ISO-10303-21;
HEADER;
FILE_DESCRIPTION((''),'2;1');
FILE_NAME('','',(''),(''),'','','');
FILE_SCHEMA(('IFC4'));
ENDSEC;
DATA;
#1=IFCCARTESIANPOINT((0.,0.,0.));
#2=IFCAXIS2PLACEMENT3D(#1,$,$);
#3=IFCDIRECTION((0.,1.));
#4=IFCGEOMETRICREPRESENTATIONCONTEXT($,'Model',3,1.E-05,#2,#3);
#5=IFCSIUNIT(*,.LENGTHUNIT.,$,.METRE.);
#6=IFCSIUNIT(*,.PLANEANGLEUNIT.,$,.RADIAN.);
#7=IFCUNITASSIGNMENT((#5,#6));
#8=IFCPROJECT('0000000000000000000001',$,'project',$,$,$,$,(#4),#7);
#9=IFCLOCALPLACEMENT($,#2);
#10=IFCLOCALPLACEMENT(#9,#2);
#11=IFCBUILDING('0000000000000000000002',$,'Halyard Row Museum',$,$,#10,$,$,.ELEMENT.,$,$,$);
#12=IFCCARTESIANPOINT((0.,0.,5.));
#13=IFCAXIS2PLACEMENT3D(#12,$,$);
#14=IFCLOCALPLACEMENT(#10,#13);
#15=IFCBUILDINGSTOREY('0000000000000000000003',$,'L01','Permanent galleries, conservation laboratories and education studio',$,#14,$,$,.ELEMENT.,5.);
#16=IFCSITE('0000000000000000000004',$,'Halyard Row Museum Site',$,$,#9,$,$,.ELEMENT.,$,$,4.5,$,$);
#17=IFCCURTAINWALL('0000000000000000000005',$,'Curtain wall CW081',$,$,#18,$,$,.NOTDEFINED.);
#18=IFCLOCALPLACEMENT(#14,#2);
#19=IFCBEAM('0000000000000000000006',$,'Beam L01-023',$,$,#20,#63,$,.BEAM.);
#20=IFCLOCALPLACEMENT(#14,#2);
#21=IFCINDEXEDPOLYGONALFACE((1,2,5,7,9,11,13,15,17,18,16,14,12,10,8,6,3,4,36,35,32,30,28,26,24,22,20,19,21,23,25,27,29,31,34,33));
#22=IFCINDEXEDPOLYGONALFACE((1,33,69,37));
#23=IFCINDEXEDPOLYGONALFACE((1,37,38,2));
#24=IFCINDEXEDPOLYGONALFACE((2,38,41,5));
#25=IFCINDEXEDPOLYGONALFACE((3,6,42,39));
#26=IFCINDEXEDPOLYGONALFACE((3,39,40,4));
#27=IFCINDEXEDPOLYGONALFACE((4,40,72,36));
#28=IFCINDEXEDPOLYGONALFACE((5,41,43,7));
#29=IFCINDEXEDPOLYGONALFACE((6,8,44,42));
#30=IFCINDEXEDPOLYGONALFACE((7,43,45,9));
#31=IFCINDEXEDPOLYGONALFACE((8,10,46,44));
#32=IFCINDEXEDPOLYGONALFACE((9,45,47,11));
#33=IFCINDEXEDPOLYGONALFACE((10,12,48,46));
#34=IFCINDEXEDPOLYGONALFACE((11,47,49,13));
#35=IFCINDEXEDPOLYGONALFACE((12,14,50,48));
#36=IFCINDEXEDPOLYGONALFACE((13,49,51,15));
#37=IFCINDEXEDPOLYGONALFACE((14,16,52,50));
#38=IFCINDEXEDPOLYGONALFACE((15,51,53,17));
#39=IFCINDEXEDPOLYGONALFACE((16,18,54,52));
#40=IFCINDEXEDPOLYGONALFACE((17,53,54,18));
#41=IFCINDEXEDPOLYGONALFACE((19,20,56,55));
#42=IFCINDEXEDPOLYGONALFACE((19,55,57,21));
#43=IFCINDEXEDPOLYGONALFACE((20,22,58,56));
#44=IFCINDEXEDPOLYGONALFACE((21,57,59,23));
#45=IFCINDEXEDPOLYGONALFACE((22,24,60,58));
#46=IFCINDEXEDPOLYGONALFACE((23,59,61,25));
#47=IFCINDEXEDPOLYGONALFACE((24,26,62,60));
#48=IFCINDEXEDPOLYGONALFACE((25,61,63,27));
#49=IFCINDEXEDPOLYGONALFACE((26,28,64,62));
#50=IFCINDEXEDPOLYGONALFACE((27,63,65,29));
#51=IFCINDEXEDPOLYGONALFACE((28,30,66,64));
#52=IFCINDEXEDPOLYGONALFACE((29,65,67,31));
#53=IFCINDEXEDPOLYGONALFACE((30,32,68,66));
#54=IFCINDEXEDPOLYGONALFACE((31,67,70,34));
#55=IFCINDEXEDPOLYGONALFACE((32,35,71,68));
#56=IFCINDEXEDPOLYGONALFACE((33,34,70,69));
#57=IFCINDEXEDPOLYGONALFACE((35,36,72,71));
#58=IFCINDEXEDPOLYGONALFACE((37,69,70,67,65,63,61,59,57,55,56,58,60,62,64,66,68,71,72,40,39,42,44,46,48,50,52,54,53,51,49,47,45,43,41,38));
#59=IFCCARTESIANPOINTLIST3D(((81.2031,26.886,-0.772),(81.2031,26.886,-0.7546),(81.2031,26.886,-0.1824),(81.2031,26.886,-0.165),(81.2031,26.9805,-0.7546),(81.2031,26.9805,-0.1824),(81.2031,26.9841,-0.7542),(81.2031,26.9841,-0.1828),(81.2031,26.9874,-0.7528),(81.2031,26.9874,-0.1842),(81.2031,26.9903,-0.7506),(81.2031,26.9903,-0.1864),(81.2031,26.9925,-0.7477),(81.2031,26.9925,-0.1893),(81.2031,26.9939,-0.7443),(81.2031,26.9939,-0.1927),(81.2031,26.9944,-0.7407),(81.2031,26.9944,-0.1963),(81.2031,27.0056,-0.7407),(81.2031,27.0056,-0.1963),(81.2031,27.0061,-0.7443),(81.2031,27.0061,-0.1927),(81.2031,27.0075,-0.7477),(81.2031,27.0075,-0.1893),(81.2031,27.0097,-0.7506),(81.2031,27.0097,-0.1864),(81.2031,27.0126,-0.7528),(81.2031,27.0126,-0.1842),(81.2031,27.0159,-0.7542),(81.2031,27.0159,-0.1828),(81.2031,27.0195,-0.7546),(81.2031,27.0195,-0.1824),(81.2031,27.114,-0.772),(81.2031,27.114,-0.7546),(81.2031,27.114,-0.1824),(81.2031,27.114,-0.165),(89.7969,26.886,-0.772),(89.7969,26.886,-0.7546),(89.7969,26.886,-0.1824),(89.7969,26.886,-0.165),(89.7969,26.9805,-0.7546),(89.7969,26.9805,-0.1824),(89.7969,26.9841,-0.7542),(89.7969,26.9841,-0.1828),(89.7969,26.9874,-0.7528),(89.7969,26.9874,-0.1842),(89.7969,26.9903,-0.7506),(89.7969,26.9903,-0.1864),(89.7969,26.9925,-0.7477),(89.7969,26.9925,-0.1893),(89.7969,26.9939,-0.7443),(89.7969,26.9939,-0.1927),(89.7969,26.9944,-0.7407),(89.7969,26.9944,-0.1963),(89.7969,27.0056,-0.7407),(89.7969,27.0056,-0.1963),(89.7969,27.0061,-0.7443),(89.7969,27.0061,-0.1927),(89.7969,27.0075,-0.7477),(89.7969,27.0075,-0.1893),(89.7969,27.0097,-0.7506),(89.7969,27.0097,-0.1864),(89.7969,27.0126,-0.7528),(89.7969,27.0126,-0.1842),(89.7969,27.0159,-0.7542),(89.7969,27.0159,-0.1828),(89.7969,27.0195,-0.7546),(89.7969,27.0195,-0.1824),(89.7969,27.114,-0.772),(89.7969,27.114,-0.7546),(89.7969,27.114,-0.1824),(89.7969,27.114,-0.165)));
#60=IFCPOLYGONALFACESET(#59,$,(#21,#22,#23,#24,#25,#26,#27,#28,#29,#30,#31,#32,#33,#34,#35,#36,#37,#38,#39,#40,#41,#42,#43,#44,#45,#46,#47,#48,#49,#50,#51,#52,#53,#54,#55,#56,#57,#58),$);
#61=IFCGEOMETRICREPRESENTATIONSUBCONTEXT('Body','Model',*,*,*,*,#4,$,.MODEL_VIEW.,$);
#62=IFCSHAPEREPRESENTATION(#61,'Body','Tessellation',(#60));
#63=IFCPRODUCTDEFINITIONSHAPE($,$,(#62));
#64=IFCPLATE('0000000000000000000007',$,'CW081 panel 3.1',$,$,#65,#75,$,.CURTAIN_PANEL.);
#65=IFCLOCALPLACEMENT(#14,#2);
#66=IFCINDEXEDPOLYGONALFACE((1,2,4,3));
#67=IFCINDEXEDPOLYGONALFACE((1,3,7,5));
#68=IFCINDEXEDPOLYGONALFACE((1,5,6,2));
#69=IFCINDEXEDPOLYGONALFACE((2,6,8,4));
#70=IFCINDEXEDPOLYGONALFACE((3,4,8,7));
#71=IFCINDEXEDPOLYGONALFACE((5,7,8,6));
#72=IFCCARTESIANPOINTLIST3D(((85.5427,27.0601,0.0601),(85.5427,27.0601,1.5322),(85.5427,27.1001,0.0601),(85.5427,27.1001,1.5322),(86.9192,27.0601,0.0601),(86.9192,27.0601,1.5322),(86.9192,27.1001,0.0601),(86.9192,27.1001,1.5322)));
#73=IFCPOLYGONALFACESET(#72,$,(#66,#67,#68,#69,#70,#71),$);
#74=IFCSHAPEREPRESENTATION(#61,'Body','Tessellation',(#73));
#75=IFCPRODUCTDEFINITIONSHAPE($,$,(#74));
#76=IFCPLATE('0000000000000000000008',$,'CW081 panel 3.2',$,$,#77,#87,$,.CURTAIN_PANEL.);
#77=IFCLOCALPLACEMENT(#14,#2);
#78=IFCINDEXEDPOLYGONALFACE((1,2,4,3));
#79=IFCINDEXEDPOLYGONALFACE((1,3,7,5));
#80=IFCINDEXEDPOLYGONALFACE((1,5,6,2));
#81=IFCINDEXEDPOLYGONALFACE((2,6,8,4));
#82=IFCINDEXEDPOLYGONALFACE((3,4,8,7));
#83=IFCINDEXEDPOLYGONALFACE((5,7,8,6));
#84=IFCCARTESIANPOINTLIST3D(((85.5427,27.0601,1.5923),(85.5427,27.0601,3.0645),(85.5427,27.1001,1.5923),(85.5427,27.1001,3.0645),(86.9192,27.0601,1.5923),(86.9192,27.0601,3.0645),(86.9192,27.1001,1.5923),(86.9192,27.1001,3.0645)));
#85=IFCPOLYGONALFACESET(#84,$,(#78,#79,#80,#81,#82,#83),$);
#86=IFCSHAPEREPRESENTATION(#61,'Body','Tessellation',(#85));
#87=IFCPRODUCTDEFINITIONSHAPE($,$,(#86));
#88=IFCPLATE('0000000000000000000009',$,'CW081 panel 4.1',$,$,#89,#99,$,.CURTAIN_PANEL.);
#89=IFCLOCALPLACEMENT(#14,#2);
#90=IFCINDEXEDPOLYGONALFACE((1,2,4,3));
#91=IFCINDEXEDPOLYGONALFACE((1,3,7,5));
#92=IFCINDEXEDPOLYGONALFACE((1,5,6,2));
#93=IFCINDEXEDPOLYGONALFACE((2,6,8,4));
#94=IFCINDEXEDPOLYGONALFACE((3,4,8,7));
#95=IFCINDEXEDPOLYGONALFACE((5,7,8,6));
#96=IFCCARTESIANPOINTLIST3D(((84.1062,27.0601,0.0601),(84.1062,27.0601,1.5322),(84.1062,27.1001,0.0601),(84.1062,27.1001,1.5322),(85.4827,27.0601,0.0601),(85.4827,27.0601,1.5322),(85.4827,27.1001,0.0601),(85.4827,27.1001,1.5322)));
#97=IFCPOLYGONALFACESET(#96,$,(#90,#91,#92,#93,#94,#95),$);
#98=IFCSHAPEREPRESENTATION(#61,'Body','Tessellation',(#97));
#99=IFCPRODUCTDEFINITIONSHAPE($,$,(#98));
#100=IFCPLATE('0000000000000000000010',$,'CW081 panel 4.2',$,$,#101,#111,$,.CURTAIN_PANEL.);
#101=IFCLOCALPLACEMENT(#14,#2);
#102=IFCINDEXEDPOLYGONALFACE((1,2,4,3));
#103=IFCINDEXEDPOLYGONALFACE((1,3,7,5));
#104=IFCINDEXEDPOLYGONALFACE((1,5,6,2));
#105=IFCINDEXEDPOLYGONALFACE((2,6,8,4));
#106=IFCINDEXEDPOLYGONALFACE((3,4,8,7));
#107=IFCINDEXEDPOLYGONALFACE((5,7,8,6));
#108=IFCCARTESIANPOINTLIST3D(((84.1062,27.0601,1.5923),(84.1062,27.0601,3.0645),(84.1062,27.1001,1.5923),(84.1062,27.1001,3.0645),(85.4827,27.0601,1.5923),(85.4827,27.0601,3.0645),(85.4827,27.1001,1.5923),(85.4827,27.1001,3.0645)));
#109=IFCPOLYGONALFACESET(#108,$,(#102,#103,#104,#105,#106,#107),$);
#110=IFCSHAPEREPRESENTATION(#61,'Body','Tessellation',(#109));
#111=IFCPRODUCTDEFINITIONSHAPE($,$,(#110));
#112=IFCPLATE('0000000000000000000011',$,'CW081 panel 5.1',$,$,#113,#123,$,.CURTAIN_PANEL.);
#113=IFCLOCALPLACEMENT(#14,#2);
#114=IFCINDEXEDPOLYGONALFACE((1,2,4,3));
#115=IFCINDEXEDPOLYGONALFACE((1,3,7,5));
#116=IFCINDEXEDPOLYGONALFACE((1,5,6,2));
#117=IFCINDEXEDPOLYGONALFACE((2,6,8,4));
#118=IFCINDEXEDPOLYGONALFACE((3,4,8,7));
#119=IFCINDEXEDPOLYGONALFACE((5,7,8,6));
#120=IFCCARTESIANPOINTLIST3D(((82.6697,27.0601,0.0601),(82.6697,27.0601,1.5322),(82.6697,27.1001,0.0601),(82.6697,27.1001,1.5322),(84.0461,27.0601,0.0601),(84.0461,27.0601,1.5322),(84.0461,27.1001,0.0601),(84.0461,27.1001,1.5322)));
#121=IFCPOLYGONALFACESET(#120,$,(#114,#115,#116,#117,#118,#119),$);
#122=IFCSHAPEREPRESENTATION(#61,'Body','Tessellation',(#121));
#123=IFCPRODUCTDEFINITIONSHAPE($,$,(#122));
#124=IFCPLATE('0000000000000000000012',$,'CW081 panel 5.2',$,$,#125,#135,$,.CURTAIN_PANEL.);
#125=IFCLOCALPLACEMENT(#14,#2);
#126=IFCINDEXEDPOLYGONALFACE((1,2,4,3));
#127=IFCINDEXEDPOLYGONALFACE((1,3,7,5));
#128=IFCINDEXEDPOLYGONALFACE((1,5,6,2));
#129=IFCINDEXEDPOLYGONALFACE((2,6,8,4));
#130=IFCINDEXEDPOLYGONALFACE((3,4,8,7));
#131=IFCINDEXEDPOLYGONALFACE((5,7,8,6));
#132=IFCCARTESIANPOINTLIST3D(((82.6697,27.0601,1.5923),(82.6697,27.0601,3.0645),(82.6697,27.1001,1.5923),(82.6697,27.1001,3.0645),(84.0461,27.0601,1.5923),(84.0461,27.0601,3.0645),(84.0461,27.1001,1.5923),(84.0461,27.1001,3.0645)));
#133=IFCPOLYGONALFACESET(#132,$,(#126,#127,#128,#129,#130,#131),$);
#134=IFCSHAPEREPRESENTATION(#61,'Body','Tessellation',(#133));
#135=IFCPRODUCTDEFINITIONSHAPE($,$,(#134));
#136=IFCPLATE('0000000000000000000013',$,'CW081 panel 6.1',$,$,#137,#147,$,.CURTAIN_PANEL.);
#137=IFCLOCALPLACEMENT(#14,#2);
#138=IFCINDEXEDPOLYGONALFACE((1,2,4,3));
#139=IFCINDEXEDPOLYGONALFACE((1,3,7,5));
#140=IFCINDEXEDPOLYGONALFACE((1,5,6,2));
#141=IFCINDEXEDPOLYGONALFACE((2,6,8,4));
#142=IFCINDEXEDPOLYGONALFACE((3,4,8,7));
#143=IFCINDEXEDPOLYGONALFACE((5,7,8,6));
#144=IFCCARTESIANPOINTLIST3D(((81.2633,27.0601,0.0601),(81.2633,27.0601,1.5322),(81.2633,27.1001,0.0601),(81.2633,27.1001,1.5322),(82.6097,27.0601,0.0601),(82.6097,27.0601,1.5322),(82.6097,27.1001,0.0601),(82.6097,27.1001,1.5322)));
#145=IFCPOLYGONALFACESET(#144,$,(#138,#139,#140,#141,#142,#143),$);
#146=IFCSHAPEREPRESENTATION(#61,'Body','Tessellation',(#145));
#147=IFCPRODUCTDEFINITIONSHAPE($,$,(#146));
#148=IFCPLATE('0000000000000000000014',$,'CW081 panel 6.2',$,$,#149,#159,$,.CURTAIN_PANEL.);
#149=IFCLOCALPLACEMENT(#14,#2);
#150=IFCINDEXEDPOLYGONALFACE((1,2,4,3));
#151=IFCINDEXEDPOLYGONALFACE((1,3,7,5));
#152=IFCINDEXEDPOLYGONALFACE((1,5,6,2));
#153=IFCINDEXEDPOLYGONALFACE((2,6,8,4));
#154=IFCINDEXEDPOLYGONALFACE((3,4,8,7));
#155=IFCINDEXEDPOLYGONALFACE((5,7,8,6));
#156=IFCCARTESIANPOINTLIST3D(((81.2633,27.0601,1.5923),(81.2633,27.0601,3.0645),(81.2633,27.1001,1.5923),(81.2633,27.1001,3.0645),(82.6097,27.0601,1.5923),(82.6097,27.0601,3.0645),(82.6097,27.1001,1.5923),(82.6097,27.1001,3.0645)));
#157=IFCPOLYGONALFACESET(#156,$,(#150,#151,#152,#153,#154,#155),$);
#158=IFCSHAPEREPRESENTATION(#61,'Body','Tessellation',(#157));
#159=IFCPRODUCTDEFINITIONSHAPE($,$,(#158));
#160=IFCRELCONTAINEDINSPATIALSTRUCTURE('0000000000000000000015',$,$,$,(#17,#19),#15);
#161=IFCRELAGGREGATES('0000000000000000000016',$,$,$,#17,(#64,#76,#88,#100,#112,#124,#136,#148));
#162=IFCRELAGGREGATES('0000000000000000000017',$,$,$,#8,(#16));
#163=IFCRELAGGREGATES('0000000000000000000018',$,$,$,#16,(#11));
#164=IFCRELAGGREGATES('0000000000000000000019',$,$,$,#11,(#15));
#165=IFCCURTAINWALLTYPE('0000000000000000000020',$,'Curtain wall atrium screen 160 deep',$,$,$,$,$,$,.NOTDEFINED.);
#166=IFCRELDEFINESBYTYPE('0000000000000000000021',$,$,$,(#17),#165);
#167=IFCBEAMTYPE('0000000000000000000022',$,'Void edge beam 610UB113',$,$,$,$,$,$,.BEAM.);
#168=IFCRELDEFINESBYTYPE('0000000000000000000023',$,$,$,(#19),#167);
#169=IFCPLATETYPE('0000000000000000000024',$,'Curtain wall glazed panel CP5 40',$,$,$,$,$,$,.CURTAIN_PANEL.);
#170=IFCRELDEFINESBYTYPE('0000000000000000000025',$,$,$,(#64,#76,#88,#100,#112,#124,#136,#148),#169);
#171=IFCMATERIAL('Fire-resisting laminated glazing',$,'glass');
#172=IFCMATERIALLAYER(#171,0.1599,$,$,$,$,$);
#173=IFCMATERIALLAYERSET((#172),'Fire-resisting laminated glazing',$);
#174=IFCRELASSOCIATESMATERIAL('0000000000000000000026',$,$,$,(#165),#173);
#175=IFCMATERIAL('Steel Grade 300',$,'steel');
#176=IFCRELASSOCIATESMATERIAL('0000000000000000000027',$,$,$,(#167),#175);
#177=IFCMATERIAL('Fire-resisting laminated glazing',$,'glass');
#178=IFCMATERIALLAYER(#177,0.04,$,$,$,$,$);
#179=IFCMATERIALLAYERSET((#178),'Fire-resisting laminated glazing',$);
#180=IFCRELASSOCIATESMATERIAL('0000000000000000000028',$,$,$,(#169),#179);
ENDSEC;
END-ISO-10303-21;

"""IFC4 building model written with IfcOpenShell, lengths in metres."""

from ifc_helpers import new_model, si_unit, direction, frame, origin, origin_2d, place, context, subcontext, project, spatial, rectangle, i_section, extrude, material, layer, layer_set, material_profile, profile_set, type_object, element, aggregate, save


model = new_model("IFC4")

# Units and contexts
model_context = context("Model", 3, precision=1e-05, world=origin(), true_north=direction((0.0, 1.0)))
body_context = subcontext(model_context, "Body", "Model", "MODEL_VIEW")
ifc_project = project(units=[si_unit("LENGTHUNIT", "METRE"), si_unit("PLANEANGLEUNIT", "RADIAN")], contexts=[model_context])

# Site, building, storey
site_placement = place(None, origin())
site = spatial("IfcSite", under=ifc_project, at=site_placement, Name="Halyard Row Museum Site", CompositionType="ELEMENT", RefElevation=4.5)
building_placement = place(site_placement, origin())
building = spatial("IfcBuilding", under=site, at=building_placement, Name="Halyard Row Museum", CompositionType="ELEMENT")
storey_placement = place(building_placement, frame((0.0, 0.0, 5.0)))
storey = spatial("IfcBuildingStorey", under=building, at=storey_placement, Name="L01", Description="Permanent galleries, conservation laboratories and education studio", CompositionType="ELEMENT", Elevation=5.0)

# Curtain wall
ifc_material_1 = material(Name="Fire-resisting laminated glazing", Category="glass")
ifc_layer_1 = layer(ifc_material_1, 0.1599)
ifc_layer_set_1 = layer_set([ifc_layer_1], Name="Fire-resisting laminated glazing")
curtain_wall_type = type_object("IfcCurtainWallType", Name="Curtain wall atrium screen 160 deep", PredefinedType="NOTDEFINED", material=ifc_layer_set_1)
curtain_wall_placement = place(storey_placement, origin())
curtain_wall = element("IfcCurtainWall", 1, at=curtain_wall_placement, inside=storey, type_object=curtain_wall_type, Name="Curtain wall CW081", PredefinedType="NOTDEFINED")

# Beam
ifc_material_2 = material(Name="Steel Grade 300", Category="steel")
ifc_material_profile_1 = material_profile(ifc_material_2, i_section(OverallWidth=0.228, OverallDepth=0.6069, WebThickness=0.0112, FlangeThickness=0.0173, FilletRadius=0.0139, at=origin_2d()), Name="610UB113")
ifc_profile_set_1 = profile_set([ifc_material_profile_1], Name="Steel Grade 300")
beam_type = type_object("IfcBeamType", Name="Void edge beam 610UB113", PredefinedType="BEAM", material=ifc_profile_set_1)
beam_placement = place(storey_placement, frame((81.2031, 27.0, -0.4685), z_axis=(1.0, 0.0, 0.0), x_axis=(0.0, 1.0, 0.0)))
element("IfcBeam", 2, at=beam_placement, inside=storey, type_object=beam_type, Name="Beam L01-023", PredefinedType="BEAM", context=body_context, shape_type="SweptSolid", body=[
    extrude(i_section(OverallWidth=0.228, OverallDepth=0.6069, WebThickness=0.0112, FlangeThickness=0.0173, FilletRadius=0.0139, at=origin_2d()), origin(), (0.0, 0.0, 1.0), 8.5938),
])

# Plates
ifc_material_3 = material(Name="Fire-resisting laminated glazing", Category="glass")
ifc_layer_2 = layer(ifc_material_3, 0.04)
ifc_layer_set_2 = layer_set([ifc_layer_2], Name="Fire-resisting laminated glazing")
plate_type = type_object("IfcPlateType", Name="Curtain wall glazed panel CP5 40", PredefinedType="CURTAIN_PANEL", material=ifc_layer_set_2)
plate_1_placement = place(storey_placement, frame((86.231, 27.0801, 0.0601), z_axis=(0.0, 0.0, 1.0), x_axis=(-1.0, 0.0, 0.0)))
plate_1 = element("IfcPlate", 3, at=plate_1_placement, type_object=plate_type, Name="CW081 panel 3.1", PredefinedType="CURTAIN_PANEL", context=body_context, shape_type="SweptSolid", body=[
    extrude(rectangle(XDim=1.3765, YDim=0.04, at=origin_2d()), origin(), (0.0, 0.0, 1.0), 1.4722),
])
plate_2_placement = place(storey_placement, frame((86.231, 27.0801, 1.5923), z_axis=(0.0, 0.0, 1.0), x_axis=(-1.0, 0.0, 0.0)))
plate_2 = element("IfcPlate", 4, at=plate_2_placement, type_object=plate_type, Name="CW081 panel 3.2", PredefinedType="CURTAIN_PANEL", context=body_context, shape_type="SweptSolid", body=[
    extrude(rectangle(XDim=1.3765, YDim=0.04, at=origin_2d()), origin(), (0.0, 0.0, 1.0), 1.4722),
])
plate_3_placement = place(storey_placement, frame((84.7944, 27.0801, 0.0601), z_axis=(0.0, 0.0, 1.0), x_axis=(-1.0, 0.0, 0.0)))
plate_3 = element("IfcPlate", 5, at=plate_3_placement, type_object=plate_type, Name="CW081 panel 4.1", PredefinedType="CURTAIN_PANEL", context=body_context, shape_type="SweptSolid", body=[
    extrude(rectangle(XDim=1.3765, YDim=0.04, at=origin_2d()), origin(), (0.0, 0.0, 1.0), 1.4722),
])
plate_4_placement = place(storey_placement, frame((84.7944, 27.0801, 1.5923), z_axis=(0.0, 0.0, 1.0), x_axis=(-1.0, 0.0, 0.0)))
plate_4 = element("IfcPlate", 6, at=plate_4_placement, type_object=plate_type, Name="CW081 panel 4.2", PredefinedType="CURTAIN_PANEL", context=body_context, shape_type="SweptSolid", body=[
    extrude(rectangle(XDim=1.3765, YDim=0.04, at=origin_2d()), origin(), (0.0, 0.0, 1.0), 1.4722),
])
plate_5_placement = place(storey_placement, frame((83.3579, 27.0801, 0.0601), z_axis=(0.0, 0.0, 1.0), x_axis=(-1.0, 0.0, 0.0)))
plate_5 = element("IfcPlate", 7, at=plate_5_placement, type_object=plate_type, Name="CW081 panel 5.1", PredefinedType="CURTAIN_PANEL", context=body_context, shape_type="SweptSolid", body=[
    extrude(rectangle(XDim=1.3765, YDim=0.04, at=origin_2d()), origin(), (0.0, 0.0, 1.0), 1.4722),
])
plate_6_placement = place(storey_placement, frame((83.3579, 27.0801, 1.5923), z_axis=(0.0, 0.0, 1.0), x_axis=(-1.0, 0.0, 0.0)))
plate_6 = element("IfcPlate", 8, at=plate_6_placement, type_object=plate_type, Name="CW081 panel 5.2", PredefinedType="CURTAIN_PANEL", context=body_context, shape_type="SweptSolid", body=[
    extrude(rectangle(XDim=1.3765, YDim=0.04, at=origin_2d()), origin(), (0.0, 0.0, 1.0), 1.4722),
])
plate_7_placement = place(storey_placement, frame((81.9365, 27.0801, 0.0601), z_axis=(0.0, 0.0, 1.0), x_axis=(-1.0, 0.0, 0.0)))
plate_7 = element("IfcPlate", 9, at=plate_7_placement, type_object=plate_type, Name="CW081 panel 6.1", PredefinedType="CURTAIN_PANEL", context=body_context, shape_type="SweptSolid", body=[
    extrude(rectangle(XDim=1.3464, YDim=0.04, at=origin_2d()), origin(), (0.0, 0.0, 1.0), 1.4722),
])
plate_8_placement = place(storey_placement, frame((81.9365, 27.0801, 1.5923), z_axis=(0.0, 0.0, 1.0), x_axis=(-1.0, 0.0, 0.0)))
plate_8 = element("IfcPlate", 10, at=plate_8_placement, type_object=plate_type, Name="CW081 panel 6.2", PredefinedType="CURTAIN_PANEL", context=body_context, shape_type="SweptSolid", body=[
    extrude(rectangle(XDim=1.3464, YDim=0.04, at=origin_2d()), origin(), (0.0, 0.0, 1.0), 1.4722),
])
aggregate(curtain_wall, [plate_1, plate_2, plate_3, plate_4, plate_5, plate_6, plate_7, plate_8])

save(model, "model.ifc")
